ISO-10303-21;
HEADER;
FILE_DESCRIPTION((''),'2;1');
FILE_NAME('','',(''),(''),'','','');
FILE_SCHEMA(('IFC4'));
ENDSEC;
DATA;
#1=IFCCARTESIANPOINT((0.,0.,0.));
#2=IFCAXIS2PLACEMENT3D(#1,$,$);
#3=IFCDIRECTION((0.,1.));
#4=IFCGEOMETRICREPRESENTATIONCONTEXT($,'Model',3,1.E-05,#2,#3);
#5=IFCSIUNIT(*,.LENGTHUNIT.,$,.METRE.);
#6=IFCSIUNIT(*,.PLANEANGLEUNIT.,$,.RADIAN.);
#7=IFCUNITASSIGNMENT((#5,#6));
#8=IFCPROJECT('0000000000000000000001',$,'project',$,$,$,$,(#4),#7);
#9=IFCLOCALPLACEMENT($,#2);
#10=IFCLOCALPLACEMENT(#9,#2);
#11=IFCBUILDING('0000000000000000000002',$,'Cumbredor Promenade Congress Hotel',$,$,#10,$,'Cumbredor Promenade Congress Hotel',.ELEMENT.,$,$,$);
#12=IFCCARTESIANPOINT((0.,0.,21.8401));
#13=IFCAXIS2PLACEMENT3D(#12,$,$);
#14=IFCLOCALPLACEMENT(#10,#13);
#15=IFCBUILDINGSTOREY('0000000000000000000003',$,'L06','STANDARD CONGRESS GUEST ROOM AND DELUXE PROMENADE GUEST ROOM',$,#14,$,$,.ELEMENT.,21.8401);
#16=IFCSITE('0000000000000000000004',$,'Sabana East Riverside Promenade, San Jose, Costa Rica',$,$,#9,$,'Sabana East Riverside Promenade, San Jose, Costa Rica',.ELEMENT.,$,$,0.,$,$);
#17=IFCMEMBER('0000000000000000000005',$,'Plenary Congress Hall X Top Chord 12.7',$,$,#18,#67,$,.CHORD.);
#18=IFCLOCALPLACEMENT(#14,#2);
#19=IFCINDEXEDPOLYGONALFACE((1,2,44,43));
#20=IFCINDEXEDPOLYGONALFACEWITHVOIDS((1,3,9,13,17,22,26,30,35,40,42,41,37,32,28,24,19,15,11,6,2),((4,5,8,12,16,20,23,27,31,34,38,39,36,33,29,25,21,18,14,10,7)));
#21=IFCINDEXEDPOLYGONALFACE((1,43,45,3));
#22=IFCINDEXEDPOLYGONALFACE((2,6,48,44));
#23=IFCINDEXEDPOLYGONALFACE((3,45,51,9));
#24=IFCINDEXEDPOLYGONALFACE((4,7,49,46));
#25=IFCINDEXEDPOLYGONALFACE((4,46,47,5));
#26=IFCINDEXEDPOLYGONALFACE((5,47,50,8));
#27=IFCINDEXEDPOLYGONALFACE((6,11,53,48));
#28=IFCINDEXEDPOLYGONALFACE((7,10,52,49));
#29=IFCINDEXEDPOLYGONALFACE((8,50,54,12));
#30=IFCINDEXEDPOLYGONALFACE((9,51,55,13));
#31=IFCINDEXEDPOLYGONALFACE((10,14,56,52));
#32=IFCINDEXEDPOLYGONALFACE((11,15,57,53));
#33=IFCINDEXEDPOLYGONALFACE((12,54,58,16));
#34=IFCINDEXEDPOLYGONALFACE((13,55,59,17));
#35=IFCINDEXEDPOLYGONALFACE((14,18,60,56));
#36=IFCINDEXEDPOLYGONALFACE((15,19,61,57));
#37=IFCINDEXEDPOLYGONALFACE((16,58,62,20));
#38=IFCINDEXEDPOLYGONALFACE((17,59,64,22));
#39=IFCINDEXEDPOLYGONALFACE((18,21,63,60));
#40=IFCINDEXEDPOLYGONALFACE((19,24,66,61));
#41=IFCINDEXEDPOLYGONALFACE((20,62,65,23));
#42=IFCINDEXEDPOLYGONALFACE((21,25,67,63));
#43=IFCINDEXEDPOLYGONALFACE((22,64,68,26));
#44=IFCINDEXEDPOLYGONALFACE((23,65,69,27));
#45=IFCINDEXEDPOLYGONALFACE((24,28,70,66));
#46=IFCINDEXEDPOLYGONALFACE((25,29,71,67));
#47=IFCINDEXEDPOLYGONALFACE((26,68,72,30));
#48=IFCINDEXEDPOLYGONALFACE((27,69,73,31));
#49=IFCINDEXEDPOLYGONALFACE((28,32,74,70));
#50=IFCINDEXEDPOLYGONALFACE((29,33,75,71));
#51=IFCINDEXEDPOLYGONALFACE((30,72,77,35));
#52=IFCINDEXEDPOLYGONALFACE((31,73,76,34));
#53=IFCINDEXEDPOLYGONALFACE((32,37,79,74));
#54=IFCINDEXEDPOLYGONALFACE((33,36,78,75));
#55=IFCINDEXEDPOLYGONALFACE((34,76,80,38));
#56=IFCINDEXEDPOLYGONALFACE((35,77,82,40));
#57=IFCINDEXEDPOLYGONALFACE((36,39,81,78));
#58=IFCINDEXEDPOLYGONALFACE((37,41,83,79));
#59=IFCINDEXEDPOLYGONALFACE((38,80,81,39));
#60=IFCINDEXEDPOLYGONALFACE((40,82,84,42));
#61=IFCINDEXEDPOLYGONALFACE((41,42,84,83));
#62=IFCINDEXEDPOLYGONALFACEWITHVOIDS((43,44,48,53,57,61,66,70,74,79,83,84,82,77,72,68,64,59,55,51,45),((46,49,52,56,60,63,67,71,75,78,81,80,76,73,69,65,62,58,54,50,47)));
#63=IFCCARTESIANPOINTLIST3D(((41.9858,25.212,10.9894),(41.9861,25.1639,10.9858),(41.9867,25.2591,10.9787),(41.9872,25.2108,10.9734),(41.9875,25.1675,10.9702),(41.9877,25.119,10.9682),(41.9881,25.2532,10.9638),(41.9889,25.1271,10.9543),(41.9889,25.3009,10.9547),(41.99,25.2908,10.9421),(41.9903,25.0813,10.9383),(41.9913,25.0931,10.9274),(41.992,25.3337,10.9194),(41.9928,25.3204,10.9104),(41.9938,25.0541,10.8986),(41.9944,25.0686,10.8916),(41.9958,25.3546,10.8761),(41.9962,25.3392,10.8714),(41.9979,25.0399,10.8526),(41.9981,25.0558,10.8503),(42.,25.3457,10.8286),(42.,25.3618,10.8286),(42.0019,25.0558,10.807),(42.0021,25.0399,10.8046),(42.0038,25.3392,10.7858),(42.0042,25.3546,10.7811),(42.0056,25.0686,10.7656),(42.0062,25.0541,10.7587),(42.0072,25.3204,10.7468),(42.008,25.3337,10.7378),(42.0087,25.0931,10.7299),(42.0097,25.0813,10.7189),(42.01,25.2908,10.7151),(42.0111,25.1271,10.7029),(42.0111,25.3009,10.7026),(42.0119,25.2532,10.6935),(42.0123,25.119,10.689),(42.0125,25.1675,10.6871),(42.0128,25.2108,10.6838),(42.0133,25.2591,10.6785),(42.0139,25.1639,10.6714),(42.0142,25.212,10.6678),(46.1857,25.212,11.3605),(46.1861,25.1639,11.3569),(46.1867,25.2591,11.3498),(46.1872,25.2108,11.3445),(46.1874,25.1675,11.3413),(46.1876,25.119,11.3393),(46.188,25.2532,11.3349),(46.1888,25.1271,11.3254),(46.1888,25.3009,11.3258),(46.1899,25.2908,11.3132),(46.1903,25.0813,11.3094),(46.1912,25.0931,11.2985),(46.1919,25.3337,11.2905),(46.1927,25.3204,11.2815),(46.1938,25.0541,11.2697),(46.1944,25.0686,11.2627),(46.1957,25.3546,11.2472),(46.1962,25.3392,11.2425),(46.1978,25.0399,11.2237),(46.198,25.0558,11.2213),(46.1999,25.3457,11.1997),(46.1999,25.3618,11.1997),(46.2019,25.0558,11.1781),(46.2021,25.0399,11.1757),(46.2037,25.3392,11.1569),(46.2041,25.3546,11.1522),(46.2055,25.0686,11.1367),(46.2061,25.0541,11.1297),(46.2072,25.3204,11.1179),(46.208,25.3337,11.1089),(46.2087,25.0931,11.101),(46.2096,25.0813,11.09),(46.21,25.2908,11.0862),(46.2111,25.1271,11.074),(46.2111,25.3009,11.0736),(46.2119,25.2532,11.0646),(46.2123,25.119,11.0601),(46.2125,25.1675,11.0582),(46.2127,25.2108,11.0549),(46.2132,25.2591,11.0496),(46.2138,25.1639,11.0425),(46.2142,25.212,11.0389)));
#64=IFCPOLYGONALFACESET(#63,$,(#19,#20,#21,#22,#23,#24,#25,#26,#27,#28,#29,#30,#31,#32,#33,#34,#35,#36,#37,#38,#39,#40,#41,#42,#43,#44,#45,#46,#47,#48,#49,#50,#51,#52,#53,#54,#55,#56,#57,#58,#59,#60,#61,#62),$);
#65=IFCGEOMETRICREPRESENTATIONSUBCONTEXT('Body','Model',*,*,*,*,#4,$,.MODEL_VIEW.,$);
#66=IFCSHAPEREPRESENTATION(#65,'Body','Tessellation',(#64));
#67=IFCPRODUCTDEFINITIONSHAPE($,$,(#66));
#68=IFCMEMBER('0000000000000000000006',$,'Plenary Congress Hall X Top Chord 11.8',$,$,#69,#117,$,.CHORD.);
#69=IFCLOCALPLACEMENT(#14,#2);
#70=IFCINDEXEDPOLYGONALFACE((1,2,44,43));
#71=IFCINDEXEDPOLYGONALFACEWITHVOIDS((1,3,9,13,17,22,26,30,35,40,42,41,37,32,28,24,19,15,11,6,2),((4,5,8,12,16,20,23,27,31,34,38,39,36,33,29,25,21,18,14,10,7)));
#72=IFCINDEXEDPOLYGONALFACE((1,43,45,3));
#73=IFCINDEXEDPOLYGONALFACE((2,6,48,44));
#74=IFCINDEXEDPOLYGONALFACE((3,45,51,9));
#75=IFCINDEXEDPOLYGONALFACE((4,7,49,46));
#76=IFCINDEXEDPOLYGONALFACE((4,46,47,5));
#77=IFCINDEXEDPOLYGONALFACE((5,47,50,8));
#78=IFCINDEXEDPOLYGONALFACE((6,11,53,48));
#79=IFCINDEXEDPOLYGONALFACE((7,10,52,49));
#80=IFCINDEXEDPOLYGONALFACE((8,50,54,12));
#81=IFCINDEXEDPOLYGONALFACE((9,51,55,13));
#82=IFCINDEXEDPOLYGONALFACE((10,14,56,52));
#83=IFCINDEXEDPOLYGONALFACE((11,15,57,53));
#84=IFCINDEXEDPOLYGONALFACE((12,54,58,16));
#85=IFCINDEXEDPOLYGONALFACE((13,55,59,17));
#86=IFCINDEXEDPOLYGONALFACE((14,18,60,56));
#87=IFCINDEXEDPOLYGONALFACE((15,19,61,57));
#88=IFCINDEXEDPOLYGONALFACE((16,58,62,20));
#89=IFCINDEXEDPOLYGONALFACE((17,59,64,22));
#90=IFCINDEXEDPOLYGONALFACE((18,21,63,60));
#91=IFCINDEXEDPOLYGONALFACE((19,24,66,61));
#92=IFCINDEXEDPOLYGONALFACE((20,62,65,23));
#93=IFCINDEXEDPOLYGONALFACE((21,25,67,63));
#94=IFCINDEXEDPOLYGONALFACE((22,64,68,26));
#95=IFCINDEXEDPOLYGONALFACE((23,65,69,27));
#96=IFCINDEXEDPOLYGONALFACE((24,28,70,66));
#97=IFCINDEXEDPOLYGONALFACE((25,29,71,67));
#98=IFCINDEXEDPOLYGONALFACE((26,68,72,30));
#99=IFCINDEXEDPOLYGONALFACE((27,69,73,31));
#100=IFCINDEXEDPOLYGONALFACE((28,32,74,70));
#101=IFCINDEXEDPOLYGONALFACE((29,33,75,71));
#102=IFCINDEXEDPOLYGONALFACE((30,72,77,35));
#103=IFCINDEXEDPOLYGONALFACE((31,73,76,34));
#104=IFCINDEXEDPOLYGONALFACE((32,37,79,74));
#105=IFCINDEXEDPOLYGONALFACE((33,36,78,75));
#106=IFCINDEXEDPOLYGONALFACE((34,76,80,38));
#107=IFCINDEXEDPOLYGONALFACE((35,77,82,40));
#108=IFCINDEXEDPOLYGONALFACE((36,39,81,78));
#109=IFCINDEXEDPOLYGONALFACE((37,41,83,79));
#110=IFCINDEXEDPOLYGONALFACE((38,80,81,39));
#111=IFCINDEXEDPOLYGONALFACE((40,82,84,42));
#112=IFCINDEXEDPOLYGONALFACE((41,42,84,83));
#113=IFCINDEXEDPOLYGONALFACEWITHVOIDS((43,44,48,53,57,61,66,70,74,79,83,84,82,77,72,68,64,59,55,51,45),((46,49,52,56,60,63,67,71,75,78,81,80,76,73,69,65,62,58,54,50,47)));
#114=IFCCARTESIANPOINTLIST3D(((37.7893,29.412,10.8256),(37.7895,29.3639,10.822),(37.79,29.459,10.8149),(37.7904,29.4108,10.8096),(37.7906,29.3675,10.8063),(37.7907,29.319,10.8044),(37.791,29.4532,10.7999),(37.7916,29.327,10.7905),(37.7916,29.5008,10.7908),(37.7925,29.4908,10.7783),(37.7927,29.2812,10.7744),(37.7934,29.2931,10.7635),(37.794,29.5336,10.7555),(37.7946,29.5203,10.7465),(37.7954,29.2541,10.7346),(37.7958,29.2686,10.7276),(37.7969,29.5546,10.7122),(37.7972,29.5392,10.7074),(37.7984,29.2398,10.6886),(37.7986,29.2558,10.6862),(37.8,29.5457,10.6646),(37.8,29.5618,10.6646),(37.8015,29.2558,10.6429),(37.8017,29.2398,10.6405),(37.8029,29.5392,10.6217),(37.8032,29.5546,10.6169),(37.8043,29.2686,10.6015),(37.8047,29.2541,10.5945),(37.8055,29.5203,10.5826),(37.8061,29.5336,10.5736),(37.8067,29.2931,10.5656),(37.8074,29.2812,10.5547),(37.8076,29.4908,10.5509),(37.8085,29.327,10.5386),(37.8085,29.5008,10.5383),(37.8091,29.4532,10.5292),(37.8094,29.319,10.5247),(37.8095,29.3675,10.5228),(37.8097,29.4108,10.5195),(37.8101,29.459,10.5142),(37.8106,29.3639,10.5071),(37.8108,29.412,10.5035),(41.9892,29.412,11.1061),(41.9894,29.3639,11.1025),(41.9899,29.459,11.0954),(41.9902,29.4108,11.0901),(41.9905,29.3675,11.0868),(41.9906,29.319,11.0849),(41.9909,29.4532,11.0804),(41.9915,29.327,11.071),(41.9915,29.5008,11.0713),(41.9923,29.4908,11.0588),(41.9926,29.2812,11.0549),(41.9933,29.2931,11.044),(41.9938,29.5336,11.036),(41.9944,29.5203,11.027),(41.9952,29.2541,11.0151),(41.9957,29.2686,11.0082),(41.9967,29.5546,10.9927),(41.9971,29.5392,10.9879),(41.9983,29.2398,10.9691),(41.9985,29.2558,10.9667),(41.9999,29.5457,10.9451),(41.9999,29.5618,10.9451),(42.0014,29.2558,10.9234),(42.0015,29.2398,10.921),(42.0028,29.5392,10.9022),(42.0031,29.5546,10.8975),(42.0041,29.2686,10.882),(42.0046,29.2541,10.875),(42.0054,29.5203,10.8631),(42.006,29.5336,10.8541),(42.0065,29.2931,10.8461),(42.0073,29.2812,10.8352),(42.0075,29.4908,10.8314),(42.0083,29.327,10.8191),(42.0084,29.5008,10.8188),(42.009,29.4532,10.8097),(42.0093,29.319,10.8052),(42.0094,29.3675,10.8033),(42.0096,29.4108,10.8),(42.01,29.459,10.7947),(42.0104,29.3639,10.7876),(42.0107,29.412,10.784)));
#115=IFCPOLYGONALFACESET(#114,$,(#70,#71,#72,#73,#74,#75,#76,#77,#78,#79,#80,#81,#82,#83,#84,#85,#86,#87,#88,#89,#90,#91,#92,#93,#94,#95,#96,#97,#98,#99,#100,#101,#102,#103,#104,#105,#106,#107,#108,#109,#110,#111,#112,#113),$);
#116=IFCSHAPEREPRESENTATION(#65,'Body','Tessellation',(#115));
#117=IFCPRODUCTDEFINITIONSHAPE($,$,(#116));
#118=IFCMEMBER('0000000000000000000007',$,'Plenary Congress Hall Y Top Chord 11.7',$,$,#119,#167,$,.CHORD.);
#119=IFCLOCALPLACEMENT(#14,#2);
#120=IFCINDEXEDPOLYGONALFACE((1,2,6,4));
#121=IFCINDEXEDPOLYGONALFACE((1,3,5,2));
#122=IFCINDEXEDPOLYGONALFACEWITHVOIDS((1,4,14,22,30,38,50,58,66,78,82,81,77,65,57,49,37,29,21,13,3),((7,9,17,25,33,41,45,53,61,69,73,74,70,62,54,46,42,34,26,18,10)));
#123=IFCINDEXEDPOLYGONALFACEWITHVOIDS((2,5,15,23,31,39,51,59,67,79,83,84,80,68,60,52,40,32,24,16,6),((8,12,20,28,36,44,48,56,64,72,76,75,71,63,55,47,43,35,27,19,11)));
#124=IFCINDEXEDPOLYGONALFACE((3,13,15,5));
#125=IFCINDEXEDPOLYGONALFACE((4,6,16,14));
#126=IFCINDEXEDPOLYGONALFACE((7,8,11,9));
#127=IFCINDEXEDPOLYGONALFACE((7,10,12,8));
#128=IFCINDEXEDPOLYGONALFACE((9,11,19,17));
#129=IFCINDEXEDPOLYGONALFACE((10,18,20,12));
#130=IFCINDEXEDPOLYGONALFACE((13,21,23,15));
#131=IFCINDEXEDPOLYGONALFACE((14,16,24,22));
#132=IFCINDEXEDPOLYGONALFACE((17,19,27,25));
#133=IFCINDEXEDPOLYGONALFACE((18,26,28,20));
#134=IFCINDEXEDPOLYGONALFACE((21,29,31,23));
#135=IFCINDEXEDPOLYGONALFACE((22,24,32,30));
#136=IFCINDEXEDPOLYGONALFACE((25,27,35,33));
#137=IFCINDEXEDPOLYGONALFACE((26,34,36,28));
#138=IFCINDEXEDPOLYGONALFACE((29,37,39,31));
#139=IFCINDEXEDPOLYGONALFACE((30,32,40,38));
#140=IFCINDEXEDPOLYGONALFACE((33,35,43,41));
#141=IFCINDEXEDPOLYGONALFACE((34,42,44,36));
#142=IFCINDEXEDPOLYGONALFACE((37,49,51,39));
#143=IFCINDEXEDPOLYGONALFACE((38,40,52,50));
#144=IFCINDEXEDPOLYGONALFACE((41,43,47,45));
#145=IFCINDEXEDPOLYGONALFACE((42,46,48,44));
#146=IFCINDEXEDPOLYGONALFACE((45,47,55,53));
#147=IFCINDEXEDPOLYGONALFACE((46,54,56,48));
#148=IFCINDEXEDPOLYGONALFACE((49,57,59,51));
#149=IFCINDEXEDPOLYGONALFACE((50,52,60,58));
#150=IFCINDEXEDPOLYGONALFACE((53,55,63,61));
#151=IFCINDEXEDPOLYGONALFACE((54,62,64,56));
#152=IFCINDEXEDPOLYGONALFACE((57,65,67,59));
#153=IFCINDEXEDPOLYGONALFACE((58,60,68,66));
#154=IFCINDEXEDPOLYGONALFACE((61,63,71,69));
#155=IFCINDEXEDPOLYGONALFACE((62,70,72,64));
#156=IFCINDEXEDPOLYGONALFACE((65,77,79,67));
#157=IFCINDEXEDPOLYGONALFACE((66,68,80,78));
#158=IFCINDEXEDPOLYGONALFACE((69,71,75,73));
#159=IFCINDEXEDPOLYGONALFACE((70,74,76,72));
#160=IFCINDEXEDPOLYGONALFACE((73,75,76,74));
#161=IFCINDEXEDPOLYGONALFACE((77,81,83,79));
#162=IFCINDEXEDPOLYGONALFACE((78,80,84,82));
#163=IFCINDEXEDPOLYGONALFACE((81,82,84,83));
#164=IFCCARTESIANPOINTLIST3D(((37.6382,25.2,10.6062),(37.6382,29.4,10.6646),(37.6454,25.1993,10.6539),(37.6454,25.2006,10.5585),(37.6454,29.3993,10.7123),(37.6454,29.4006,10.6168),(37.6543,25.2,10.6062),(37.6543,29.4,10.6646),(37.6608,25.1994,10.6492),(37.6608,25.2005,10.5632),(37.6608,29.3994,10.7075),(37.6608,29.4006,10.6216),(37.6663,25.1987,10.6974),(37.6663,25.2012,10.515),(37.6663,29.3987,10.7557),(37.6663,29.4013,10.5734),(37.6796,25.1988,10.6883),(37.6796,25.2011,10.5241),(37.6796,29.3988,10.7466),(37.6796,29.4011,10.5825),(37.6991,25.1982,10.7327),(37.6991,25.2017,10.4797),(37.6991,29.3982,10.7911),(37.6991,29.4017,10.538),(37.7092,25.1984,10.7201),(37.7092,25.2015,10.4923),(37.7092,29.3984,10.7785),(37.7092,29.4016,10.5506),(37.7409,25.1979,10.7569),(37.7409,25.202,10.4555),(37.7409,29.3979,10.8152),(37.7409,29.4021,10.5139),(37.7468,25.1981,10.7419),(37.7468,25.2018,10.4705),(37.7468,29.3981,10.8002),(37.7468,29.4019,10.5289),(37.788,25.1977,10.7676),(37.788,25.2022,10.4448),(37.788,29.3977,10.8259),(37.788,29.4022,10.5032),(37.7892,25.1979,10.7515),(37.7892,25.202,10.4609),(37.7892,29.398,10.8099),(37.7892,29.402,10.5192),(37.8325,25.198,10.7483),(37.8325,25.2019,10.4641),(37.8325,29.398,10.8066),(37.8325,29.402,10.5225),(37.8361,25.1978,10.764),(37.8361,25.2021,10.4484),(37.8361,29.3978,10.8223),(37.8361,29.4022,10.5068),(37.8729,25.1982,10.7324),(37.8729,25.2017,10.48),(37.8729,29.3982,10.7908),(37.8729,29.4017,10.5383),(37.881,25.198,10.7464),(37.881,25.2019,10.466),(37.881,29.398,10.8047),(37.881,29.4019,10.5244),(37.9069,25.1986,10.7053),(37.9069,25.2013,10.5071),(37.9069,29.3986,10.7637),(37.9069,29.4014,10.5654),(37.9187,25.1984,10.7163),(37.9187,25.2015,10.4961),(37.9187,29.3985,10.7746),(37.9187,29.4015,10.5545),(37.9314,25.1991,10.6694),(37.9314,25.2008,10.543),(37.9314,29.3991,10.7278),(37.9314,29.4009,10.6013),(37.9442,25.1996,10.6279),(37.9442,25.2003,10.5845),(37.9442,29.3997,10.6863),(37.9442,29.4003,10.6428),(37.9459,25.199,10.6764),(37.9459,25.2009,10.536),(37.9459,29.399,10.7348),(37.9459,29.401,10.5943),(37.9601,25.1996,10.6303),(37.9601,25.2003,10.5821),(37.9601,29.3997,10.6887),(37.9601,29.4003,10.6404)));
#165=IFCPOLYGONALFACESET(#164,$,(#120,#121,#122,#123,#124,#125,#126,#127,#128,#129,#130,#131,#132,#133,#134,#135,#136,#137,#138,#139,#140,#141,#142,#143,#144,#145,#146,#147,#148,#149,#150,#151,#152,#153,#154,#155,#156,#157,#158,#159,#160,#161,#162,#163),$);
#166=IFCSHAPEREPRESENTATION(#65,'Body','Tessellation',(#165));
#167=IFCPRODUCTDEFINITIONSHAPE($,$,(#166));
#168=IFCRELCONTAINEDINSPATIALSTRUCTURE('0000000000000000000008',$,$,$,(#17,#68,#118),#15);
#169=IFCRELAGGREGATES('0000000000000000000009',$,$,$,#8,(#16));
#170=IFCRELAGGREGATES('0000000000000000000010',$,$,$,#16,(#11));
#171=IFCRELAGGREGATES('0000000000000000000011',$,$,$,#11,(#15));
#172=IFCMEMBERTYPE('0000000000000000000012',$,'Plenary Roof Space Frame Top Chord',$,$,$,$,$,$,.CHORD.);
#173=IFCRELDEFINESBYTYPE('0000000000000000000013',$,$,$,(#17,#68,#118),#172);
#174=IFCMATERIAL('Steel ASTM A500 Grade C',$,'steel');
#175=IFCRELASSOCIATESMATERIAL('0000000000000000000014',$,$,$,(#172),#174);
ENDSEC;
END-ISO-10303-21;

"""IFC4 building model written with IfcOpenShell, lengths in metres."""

from ifc_helpers import new_model, si_unit, direction, frame, origin, origin_2d, place, context, subcontext, project, spatial, hollow_circle, extrude, material, material_profile, profile_set, type_object, element, save


model = new_model("IFC4")

# Units and contexts
model_context = context("Model", 3, precision=1e-05, world=origin(), true_north=direction((0.0, 1.0)))
body_context = subcontext(model_context, "Body", "Model", "MODEL_VIEW")
ifc_project = project(units=[si_unit("LENGTHUNIT", "METRE"), si_unit("PLANEANGLEUNIT", "RADIAN")], contexts=[model_context])

# Site, building, storey
site_placement = place(None, origin())
site = spatial("IfcSite", under=ifc_project, at=site_placement, Name="Sabana East Riverside Promenade, San Jose, Costa Rica", LongName="Sabana East Riverside Promenade, San Jose, Costa Rica", CompositionType="ELEMENT", RefElevation=0.0)
building_placement = place(site_placement, origin())
building = spatial("IfcBuilding", under=site, at=building_placement, Name="Cumbredor Promenade Congress Hotel", LongName="Cumbredor Promenade Congress Hotel", CompositionType="ELEMENT")
storey_placement = place(building_placement, frame((0.0, 0.0, 21.8401)))
storey = spatial("IfcBuildingStorey", under=building, at=storey_placement, Name="L06", Description="STANDARD CONGRESS GUEST ROOM AND DELUXE PROMENADE GUEST ROOM", CompositionType="ELEMENT", Elevation=21.8401)

# Members
ifc_material_1 = material(Name="Steel ASTM A500 Grade C", Category="steel")
ifc_material_profile_1 = material_profile(ifc_material_1, hollow_circle(Radius=0.1619, WallThickness=0.0161, at=origin_2d()), Name="CHS 323.9x16")
ifc_profile_set_1 = profile_set([ifc_material_profile_1], Name="Steel ASTM A500 Grade C")
member_type_1 = type_object("IfcMemberType", Name="Plenary Roof Space Frame Top Chord", PredefinedType="CHORD", material=ifc_profile_set_1)
member_1_placement = place(storey_placement, frame((42.0, 25.2, 10.8286), z_axis=(0.996119, 0.0, 0.088014), x_axis=(0.0, 1.0, 0.0)))
element("IfcMember", 1, at=member_1_placement, inside=storey, type_object=member_type_1, Name="Plenary Congress Hall X Top Chord 12.7", PredefinedType="CHORD", context=body_context, shape_type="SweptSolid", body=[
    extrude(hollow_circle(Radius=0.1619, WallThickness=0.0161, at=origin_2d()), origin(), (0.0, 0.0, 1.0), 4.2163),
])
member_2_placement = place(storey_placement, frame((37.8, 29.3999, 10.6646), z_axis=(0.997777, 0.0, 0.066642), x_axis=(0.0, 1.0, 0.0)))
element("IfcMember", 2, at=member_2_placement, inside=storey, type_object=member_type_1, Name="Plenary Congress Hall X Top Chord 11.8", PredefinedType="CHORD", context=body_context, shape_type="SweptSolid", body=[
    extrude(hollow_circle(Radius=0.1619, WallThickness=0.0161, at=origin_2d()), origin(), (0.0, 0.0, 1.0), 4.2092),
])
member_3_placement = place(storey_placement, frame((37.8, 25.2, 10.6062), z_axis=(0.0, 0.999904, 0.013892), x_axis=(-1.0, 0.0, 0.0)))
element("IfcMember", 3, at=member_3_placement, inside=storey, type_object=member_type_1, Name="Plenary Congress Hall Y Top Chord 11.7", PredefinedType="CHORD", context=body_context, shape_type="SweptSolid", body=[
    extrude(hollow_circle(Radius=0.1619, WallThickness=0.0161, at=origin_2d()), origin(), (0.0, 0.0, 1.0), 4.2004),
])

save(model, "model.ifc")
